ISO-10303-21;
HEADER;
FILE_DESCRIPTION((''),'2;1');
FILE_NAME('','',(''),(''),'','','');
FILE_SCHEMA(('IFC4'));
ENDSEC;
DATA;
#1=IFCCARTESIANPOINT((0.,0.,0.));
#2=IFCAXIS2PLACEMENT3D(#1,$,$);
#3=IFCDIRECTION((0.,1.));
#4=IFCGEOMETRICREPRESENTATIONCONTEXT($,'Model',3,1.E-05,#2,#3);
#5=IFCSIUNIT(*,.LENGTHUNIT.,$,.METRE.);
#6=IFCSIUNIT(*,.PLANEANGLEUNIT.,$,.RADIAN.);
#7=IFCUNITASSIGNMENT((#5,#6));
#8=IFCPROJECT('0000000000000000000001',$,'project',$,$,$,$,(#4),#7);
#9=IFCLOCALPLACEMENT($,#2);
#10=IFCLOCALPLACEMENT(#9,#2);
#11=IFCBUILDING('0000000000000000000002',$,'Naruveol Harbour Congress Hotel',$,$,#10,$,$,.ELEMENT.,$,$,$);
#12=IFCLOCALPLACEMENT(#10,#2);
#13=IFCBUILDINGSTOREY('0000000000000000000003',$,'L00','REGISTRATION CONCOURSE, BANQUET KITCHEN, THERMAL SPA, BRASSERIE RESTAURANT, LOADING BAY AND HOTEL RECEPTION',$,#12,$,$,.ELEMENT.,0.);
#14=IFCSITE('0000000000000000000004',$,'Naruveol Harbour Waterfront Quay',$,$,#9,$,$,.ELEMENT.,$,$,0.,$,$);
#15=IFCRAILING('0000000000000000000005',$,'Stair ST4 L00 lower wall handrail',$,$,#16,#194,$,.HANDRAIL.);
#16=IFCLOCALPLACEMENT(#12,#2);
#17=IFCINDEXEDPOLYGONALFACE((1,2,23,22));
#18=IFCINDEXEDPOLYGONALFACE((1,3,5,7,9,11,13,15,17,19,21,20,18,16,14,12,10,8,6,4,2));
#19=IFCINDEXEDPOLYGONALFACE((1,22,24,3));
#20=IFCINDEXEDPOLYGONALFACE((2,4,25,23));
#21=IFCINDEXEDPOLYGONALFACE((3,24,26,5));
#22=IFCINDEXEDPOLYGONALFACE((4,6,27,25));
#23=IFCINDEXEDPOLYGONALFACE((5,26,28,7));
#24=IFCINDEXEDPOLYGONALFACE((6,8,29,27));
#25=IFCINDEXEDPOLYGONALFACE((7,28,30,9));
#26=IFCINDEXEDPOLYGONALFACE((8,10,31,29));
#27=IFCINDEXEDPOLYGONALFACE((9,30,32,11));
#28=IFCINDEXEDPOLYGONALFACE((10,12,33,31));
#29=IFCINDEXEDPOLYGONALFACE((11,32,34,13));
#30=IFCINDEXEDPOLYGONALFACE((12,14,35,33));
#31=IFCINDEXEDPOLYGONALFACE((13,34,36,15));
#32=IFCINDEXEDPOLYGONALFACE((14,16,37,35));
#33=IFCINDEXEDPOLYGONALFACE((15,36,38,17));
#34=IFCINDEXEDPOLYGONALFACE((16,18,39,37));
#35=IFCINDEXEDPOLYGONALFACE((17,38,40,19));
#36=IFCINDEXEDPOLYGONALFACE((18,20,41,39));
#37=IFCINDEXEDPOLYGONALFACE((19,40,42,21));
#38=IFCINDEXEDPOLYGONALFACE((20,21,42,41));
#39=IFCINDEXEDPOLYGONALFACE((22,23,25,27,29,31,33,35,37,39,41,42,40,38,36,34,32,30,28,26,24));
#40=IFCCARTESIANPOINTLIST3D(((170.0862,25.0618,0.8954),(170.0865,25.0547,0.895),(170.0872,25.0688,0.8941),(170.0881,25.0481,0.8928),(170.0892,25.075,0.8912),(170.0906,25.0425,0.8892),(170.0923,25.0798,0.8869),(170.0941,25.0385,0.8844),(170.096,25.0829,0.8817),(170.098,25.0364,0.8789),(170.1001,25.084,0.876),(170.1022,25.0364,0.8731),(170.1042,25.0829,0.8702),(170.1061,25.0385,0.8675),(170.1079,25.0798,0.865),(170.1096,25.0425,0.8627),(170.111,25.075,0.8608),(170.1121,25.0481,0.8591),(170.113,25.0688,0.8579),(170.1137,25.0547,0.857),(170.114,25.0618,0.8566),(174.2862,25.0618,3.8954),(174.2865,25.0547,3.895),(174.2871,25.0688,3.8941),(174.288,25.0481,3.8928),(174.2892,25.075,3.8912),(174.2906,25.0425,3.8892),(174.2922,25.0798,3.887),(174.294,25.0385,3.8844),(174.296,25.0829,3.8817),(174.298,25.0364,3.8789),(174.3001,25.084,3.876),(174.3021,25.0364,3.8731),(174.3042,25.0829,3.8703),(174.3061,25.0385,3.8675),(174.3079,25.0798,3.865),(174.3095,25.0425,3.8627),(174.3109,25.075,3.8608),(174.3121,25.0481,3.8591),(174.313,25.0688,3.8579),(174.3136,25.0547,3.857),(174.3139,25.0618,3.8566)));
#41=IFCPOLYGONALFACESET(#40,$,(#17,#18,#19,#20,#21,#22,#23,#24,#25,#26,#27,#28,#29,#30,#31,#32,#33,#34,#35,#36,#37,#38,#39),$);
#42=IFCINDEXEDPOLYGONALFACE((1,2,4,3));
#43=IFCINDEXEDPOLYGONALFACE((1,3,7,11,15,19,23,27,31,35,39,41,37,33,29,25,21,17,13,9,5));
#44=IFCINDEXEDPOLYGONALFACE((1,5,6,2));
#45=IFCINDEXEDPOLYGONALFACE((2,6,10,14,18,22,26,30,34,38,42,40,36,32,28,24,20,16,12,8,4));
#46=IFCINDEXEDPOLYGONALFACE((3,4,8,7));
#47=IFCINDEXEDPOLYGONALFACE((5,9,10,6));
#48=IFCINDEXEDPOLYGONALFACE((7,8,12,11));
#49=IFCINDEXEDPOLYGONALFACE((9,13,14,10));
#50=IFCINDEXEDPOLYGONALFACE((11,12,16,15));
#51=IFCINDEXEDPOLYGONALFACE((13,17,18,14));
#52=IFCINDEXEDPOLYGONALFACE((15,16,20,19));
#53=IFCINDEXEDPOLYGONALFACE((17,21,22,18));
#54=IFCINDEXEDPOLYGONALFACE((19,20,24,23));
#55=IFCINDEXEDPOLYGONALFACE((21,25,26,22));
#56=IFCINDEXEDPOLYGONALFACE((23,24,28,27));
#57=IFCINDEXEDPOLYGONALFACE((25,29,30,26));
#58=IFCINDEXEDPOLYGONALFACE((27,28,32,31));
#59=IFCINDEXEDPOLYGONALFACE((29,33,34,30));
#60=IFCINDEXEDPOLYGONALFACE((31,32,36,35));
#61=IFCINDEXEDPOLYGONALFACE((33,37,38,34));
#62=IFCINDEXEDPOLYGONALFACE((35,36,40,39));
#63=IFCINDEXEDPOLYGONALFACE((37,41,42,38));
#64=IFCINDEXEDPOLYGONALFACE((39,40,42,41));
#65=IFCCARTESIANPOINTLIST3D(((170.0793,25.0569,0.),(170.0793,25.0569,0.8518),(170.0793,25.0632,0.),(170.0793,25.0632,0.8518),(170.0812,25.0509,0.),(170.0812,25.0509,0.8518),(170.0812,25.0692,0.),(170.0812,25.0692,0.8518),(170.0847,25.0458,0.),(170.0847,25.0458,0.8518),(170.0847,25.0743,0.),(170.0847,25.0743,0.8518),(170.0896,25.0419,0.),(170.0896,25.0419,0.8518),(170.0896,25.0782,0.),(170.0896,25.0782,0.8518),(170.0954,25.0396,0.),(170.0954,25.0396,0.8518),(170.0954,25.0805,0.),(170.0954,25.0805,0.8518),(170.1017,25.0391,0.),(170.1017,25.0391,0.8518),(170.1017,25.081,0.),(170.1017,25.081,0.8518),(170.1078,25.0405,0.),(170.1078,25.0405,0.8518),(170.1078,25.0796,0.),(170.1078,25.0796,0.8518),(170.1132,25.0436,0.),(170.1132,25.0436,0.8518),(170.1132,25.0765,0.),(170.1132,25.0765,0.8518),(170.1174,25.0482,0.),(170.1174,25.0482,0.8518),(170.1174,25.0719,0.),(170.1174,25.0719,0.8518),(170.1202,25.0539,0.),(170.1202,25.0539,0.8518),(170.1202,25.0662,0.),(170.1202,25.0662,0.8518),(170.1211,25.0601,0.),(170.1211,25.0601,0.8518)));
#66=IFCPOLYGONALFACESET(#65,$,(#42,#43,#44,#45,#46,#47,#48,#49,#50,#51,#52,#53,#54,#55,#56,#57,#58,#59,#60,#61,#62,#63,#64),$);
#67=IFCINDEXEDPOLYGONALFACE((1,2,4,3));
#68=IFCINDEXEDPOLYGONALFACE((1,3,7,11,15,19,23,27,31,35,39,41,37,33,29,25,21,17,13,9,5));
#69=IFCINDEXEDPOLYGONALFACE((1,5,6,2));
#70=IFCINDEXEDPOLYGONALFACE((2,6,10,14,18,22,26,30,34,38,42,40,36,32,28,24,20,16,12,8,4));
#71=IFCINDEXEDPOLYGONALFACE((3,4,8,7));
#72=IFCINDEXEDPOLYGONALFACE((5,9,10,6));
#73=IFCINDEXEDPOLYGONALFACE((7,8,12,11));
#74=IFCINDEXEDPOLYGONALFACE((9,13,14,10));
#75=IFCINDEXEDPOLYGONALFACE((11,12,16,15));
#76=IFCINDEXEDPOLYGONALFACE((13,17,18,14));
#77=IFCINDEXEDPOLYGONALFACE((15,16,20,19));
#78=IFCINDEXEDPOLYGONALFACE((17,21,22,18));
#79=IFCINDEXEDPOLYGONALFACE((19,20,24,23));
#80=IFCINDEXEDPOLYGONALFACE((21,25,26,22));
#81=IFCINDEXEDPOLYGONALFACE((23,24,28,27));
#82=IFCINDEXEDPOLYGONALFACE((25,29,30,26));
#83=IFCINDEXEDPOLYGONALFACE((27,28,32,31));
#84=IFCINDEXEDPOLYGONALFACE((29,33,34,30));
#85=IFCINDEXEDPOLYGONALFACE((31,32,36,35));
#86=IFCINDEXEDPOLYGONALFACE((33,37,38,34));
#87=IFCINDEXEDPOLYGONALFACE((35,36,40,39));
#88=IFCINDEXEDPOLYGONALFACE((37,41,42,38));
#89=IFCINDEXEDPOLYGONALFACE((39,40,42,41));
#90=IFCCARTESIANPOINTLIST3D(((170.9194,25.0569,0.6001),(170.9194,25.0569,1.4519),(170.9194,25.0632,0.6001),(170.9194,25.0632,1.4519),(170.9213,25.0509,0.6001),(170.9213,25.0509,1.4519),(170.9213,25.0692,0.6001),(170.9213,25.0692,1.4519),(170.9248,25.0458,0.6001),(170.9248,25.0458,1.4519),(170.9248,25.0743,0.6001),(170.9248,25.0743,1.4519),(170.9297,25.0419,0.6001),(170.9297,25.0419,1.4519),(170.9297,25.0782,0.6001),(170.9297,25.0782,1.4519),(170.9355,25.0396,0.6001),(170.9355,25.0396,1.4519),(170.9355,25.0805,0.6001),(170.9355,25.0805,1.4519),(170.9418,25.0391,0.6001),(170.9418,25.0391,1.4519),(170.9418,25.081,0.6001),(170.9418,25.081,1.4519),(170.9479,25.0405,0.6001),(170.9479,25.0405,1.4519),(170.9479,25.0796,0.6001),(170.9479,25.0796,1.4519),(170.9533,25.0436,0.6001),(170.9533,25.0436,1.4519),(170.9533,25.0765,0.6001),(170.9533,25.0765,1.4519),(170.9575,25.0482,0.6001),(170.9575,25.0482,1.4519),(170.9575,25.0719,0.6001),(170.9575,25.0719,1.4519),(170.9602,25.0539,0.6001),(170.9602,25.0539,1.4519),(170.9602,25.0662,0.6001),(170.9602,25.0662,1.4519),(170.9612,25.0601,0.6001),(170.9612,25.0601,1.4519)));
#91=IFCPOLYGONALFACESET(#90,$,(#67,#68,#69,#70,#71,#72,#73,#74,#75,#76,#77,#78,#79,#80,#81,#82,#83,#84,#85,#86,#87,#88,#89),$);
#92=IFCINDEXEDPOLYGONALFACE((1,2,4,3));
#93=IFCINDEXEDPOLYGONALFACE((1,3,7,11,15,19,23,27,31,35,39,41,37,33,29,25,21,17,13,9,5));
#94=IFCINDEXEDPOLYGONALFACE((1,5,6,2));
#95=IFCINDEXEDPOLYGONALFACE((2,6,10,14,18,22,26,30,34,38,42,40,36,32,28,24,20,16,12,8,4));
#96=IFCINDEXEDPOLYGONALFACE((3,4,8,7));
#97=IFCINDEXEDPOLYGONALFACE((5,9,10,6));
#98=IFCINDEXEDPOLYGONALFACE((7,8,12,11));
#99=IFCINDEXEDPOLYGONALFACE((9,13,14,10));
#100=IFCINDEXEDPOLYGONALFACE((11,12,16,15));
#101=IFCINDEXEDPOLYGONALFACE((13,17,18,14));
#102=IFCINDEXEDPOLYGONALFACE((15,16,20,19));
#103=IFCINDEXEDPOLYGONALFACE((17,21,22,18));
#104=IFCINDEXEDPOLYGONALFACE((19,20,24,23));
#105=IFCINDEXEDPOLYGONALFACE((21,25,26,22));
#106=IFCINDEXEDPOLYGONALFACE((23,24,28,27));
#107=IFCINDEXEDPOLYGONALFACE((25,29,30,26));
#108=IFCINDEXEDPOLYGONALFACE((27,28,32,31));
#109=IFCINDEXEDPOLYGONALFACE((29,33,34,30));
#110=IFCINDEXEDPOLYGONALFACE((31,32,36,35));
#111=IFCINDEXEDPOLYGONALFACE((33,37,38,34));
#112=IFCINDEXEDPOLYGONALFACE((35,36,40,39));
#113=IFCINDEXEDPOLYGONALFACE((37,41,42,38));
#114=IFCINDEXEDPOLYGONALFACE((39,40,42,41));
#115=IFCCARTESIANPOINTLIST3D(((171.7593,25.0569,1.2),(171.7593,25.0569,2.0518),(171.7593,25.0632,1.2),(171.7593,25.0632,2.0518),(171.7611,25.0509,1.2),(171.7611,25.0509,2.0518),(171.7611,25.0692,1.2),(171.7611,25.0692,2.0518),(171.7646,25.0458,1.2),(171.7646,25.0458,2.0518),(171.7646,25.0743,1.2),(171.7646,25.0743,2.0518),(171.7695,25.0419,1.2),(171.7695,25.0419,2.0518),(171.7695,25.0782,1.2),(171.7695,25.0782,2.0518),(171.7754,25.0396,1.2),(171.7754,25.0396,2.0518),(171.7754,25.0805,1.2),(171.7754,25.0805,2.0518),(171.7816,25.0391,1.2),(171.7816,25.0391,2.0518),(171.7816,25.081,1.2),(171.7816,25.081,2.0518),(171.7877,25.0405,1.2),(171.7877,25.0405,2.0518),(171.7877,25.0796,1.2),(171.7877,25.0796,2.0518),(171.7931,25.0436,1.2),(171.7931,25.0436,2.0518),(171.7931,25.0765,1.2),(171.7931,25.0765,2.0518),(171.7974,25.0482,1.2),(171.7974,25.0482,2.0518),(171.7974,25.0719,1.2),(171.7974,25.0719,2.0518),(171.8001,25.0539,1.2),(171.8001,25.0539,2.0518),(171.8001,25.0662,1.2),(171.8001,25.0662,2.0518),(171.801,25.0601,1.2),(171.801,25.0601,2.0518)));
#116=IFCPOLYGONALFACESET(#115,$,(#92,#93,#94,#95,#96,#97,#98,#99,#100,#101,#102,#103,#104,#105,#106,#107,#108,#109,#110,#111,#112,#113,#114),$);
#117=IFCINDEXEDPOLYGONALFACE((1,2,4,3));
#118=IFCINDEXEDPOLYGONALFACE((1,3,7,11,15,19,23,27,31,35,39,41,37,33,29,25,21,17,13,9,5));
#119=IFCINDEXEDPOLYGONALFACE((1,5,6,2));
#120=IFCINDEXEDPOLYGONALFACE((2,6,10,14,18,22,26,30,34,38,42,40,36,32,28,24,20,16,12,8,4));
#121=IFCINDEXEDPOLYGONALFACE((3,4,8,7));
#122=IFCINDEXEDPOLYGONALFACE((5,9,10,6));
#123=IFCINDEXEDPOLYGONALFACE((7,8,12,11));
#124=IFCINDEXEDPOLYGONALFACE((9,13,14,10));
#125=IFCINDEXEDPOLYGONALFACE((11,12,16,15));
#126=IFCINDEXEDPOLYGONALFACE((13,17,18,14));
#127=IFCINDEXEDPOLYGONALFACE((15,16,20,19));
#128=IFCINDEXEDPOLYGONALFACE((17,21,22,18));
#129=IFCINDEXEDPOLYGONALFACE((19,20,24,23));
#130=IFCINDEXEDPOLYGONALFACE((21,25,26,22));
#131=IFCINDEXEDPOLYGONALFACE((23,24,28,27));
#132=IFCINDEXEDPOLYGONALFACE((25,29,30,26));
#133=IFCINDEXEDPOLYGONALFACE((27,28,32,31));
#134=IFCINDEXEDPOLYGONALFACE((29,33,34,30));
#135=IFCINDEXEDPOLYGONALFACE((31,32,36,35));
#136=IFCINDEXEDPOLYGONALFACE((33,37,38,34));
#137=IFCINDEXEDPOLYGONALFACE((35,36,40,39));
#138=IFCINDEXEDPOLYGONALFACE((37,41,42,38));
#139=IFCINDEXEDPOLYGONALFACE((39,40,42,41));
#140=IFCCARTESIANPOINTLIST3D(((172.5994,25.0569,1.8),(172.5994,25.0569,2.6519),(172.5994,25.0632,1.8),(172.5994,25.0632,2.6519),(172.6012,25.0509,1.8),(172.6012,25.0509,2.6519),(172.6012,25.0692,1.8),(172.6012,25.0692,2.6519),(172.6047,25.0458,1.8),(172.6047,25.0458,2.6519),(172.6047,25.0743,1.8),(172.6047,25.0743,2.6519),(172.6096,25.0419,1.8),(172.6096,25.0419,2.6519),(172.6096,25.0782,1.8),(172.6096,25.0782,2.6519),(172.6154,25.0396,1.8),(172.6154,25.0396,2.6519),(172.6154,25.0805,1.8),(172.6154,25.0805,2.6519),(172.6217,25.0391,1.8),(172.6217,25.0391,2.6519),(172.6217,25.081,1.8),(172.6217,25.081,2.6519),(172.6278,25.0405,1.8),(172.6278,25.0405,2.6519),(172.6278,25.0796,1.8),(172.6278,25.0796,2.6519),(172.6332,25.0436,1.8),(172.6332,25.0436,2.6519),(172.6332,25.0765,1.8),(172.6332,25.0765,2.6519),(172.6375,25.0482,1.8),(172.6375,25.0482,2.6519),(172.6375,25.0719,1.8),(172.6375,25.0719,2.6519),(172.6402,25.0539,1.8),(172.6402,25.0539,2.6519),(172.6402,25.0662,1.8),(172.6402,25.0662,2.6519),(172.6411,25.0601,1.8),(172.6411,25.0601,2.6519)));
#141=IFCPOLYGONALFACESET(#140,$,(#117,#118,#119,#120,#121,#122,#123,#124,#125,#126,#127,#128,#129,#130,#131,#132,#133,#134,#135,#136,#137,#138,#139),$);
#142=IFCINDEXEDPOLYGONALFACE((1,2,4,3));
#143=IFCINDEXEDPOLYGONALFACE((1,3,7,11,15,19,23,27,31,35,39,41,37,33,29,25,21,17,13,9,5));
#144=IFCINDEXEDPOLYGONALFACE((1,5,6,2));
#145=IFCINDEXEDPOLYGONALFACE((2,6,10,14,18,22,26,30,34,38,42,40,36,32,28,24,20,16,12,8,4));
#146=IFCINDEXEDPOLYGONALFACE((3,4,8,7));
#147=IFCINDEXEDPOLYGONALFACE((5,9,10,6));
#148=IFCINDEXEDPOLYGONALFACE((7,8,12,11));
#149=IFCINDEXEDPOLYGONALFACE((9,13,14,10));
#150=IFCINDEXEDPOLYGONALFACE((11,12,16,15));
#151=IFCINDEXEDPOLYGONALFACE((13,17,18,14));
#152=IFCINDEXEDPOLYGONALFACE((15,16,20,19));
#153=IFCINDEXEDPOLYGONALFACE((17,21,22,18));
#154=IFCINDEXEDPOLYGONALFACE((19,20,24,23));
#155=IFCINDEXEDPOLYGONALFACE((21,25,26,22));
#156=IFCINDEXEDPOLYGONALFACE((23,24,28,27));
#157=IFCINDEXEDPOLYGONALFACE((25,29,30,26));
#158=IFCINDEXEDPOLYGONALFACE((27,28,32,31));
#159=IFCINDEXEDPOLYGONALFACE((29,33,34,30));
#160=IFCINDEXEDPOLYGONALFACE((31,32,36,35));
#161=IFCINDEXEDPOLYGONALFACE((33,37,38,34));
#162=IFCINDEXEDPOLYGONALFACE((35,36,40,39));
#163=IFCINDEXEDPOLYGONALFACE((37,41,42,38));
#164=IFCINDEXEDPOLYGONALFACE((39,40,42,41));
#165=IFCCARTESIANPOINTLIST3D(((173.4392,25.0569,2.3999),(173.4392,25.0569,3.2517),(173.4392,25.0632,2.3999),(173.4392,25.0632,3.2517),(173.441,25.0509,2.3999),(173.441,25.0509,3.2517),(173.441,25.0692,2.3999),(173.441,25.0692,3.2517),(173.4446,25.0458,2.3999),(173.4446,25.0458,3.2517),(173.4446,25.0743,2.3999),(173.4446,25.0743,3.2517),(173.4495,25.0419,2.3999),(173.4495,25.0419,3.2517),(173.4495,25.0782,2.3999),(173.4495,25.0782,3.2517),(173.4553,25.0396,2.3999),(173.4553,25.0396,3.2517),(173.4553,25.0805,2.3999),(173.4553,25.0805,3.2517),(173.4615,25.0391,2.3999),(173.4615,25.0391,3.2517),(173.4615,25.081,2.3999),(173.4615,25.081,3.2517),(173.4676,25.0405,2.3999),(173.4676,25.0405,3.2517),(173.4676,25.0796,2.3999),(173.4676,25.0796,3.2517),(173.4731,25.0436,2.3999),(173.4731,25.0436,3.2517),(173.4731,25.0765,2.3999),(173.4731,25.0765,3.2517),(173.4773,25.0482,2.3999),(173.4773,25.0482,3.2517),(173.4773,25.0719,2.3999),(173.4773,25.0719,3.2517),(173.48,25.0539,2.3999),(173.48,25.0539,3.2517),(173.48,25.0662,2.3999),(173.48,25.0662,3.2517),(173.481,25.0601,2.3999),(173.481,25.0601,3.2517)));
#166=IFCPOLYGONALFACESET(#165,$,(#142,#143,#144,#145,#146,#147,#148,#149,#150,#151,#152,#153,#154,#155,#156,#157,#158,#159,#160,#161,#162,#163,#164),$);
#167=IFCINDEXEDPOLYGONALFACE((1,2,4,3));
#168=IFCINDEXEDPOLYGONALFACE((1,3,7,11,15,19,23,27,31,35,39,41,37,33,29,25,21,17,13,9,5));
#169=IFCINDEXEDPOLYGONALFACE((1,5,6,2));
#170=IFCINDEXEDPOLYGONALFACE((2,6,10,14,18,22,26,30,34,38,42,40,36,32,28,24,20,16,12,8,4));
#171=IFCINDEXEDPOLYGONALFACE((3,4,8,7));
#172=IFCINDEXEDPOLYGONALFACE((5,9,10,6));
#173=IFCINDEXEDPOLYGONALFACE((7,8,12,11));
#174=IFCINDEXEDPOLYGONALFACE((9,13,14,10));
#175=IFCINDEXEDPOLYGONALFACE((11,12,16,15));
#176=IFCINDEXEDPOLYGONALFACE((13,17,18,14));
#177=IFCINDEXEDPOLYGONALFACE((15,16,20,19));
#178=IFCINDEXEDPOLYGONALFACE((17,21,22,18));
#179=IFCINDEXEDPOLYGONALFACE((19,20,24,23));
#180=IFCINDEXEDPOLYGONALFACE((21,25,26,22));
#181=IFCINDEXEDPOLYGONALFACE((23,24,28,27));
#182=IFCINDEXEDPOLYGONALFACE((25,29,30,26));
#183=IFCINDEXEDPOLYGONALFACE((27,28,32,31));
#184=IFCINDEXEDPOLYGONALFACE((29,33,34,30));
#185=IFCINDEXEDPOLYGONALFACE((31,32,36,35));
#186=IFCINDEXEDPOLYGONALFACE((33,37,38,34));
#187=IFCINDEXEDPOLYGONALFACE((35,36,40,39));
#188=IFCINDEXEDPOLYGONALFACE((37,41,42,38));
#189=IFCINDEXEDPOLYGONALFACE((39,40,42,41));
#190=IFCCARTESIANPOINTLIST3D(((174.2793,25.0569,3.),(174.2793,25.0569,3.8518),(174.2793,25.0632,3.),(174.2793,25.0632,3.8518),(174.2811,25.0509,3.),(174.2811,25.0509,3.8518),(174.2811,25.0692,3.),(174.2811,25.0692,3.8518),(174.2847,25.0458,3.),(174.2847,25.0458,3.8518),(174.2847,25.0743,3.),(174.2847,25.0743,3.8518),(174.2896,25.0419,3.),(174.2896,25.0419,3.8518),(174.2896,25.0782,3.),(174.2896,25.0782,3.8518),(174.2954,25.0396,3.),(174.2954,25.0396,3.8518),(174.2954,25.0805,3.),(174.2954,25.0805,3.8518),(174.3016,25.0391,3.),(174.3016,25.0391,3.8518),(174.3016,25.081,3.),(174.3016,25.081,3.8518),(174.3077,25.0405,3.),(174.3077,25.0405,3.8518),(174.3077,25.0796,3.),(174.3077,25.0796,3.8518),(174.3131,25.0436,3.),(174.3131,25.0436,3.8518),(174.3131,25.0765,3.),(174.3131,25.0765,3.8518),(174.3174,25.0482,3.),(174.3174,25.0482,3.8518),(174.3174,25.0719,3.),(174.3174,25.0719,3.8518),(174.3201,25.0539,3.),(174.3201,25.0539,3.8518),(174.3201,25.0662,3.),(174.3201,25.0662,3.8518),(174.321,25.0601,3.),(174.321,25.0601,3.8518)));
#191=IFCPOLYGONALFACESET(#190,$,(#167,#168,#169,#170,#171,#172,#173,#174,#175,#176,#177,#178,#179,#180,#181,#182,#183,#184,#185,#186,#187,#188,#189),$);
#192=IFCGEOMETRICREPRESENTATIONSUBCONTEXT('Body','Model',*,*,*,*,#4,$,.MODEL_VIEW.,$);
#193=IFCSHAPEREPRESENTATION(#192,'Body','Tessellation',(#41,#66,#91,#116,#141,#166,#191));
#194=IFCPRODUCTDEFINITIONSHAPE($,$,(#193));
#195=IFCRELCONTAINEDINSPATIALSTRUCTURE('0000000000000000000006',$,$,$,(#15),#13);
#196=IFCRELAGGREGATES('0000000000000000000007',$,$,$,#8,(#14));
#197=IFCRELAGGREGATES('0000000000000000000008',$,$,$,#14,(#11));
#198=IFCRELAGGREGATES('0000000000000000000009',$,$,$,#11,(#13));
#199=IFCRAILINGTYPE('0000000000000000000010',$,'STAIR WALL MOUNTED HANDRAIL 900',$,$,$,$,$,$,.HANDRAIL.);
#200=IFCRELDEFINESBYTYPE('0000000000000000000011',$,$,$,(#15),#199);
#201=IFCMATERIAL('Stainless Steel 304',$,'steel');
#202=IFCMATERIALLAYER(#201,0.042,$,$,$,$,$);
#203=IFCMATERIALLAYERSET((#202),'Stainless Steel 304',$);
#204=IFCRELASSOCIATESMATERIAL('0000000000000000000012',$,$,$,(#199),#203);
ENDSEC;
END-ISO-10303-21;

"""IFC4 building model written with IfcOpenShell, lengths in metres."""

from ifc_helpers import new_model, si_unit, direction, frame, origin, origin_2d, place, context, subcontext, project, spatial, circle, extrude, material, layer, layer_set, type_object, element, save


model = new_model("IFC4")

# Units and contexts
model_context = context("Model", 3, precision=1e-05, world=origin(), true_north=direction((0.0, 1.0)))
body_context = subcontext(model_context, "Body", "Model", "MODEL_VIEW")
ifc_project = project(units=[si_unit("LENGTHUNIT", "METRE"), si_unit("PLANEANGLEUNIT", "RADIAN")], contexts=[model_context])

# Site, building, storey
site_placement = place(None, origin())
site = spatial("IfcSite", under=ifc_project, at=site_placement, Name="Naruveol Harbour Waterfront Quay", CompositionType="ELEMENT", RefElevation=0.0)
building_placement = place(site_placement, origin())
building = spatial("IfcBuilding", under=site, at=building_placement, Name="Naruveol Harbour Congress Hotel", CompositionType="ELEMENT")
storey_placement = place(building_placement, origin())
storey = spatial("IfcBuildingStorey", under=building, at=storey_placement, Name="L00", Description="REGISTRATION CONCOURSE, BANQUET KITCHEN, THERMAL SPA, BRASSERIE RESTAURANT, LOADING BAY AND HOTEL RECEPTION", CompositionType="ELEMENT", Elevation=0.0)

# Railing
ifc_material_1 = material(Name="Stainless Steel 304", Category="steel")
ifc_layer_1 = layer(ifc_material_1, 0.042)
ifc_layer_set_1 = layer_set([ifc_layer_1], Name="Stainless Steel 304")
railing_type_1 = type_object("IfcRailingType", Name="STAIR WALL MOUNTED HANDRAIL 900", PredefinedType="HANDRAIL", material=ifc_layer_set_1)
railing_1_placement = place(storey_placement, frame((170.1001, 25.0601, 0.0)))
element("IfcRailing", 1, at=railing_1_placement, inside=storey, type_object=railing_type_1, Name="Stair ST4 L00 lower wall handrail", PredefinedType="HANDRAIL", context=body_context, shape_type="SweptSolid", body=[
    extrude(circle(Radius=0.0239, at=origin_2d()), frame((0.0, 0.0, 0.876), z_axis=(0.81373, 0.0, 0.581243), x_axis=(0.0, 1.0, 0.0)), (0.0, 0.0, 1.0), 5.1614),
    extrude(circle(Radius=0.021, at=origin_2d()), origin(), (0.0, 0.0, 1.0), 0.8518),
    extrude(circle(Radius=0.021, at=origin_2d()), frame((0.8401, 0.0, 0.6001)), (0.0, 0.0, 1.0), 0.8518),
    extrude(circle(Radius=0.021, at=origin_2d()), frame((1.6799, 0.0, 1.2)), (0.0, 0.0, 1.0), 0.8518),
    extrude(circle(Radius=0.021, at=origin_2d()), frame((2.52, 0.0, 1.8)), (0.0, 0.0, 1.0), 0.8518),
    extrude(circle(Radius=0.021, at=origin_2d()), frame((3.3599, 0.0, 2.3999)), (0.0, 0.0, 1.0), 0.8518),
    extrude(circle(Radius=0.021, at=origin_2d()), frame((4.2, 0.0, 3.0)), (0.0, 0.0, 1.0), 0.8518),
])

save(model, "model.ifc")
